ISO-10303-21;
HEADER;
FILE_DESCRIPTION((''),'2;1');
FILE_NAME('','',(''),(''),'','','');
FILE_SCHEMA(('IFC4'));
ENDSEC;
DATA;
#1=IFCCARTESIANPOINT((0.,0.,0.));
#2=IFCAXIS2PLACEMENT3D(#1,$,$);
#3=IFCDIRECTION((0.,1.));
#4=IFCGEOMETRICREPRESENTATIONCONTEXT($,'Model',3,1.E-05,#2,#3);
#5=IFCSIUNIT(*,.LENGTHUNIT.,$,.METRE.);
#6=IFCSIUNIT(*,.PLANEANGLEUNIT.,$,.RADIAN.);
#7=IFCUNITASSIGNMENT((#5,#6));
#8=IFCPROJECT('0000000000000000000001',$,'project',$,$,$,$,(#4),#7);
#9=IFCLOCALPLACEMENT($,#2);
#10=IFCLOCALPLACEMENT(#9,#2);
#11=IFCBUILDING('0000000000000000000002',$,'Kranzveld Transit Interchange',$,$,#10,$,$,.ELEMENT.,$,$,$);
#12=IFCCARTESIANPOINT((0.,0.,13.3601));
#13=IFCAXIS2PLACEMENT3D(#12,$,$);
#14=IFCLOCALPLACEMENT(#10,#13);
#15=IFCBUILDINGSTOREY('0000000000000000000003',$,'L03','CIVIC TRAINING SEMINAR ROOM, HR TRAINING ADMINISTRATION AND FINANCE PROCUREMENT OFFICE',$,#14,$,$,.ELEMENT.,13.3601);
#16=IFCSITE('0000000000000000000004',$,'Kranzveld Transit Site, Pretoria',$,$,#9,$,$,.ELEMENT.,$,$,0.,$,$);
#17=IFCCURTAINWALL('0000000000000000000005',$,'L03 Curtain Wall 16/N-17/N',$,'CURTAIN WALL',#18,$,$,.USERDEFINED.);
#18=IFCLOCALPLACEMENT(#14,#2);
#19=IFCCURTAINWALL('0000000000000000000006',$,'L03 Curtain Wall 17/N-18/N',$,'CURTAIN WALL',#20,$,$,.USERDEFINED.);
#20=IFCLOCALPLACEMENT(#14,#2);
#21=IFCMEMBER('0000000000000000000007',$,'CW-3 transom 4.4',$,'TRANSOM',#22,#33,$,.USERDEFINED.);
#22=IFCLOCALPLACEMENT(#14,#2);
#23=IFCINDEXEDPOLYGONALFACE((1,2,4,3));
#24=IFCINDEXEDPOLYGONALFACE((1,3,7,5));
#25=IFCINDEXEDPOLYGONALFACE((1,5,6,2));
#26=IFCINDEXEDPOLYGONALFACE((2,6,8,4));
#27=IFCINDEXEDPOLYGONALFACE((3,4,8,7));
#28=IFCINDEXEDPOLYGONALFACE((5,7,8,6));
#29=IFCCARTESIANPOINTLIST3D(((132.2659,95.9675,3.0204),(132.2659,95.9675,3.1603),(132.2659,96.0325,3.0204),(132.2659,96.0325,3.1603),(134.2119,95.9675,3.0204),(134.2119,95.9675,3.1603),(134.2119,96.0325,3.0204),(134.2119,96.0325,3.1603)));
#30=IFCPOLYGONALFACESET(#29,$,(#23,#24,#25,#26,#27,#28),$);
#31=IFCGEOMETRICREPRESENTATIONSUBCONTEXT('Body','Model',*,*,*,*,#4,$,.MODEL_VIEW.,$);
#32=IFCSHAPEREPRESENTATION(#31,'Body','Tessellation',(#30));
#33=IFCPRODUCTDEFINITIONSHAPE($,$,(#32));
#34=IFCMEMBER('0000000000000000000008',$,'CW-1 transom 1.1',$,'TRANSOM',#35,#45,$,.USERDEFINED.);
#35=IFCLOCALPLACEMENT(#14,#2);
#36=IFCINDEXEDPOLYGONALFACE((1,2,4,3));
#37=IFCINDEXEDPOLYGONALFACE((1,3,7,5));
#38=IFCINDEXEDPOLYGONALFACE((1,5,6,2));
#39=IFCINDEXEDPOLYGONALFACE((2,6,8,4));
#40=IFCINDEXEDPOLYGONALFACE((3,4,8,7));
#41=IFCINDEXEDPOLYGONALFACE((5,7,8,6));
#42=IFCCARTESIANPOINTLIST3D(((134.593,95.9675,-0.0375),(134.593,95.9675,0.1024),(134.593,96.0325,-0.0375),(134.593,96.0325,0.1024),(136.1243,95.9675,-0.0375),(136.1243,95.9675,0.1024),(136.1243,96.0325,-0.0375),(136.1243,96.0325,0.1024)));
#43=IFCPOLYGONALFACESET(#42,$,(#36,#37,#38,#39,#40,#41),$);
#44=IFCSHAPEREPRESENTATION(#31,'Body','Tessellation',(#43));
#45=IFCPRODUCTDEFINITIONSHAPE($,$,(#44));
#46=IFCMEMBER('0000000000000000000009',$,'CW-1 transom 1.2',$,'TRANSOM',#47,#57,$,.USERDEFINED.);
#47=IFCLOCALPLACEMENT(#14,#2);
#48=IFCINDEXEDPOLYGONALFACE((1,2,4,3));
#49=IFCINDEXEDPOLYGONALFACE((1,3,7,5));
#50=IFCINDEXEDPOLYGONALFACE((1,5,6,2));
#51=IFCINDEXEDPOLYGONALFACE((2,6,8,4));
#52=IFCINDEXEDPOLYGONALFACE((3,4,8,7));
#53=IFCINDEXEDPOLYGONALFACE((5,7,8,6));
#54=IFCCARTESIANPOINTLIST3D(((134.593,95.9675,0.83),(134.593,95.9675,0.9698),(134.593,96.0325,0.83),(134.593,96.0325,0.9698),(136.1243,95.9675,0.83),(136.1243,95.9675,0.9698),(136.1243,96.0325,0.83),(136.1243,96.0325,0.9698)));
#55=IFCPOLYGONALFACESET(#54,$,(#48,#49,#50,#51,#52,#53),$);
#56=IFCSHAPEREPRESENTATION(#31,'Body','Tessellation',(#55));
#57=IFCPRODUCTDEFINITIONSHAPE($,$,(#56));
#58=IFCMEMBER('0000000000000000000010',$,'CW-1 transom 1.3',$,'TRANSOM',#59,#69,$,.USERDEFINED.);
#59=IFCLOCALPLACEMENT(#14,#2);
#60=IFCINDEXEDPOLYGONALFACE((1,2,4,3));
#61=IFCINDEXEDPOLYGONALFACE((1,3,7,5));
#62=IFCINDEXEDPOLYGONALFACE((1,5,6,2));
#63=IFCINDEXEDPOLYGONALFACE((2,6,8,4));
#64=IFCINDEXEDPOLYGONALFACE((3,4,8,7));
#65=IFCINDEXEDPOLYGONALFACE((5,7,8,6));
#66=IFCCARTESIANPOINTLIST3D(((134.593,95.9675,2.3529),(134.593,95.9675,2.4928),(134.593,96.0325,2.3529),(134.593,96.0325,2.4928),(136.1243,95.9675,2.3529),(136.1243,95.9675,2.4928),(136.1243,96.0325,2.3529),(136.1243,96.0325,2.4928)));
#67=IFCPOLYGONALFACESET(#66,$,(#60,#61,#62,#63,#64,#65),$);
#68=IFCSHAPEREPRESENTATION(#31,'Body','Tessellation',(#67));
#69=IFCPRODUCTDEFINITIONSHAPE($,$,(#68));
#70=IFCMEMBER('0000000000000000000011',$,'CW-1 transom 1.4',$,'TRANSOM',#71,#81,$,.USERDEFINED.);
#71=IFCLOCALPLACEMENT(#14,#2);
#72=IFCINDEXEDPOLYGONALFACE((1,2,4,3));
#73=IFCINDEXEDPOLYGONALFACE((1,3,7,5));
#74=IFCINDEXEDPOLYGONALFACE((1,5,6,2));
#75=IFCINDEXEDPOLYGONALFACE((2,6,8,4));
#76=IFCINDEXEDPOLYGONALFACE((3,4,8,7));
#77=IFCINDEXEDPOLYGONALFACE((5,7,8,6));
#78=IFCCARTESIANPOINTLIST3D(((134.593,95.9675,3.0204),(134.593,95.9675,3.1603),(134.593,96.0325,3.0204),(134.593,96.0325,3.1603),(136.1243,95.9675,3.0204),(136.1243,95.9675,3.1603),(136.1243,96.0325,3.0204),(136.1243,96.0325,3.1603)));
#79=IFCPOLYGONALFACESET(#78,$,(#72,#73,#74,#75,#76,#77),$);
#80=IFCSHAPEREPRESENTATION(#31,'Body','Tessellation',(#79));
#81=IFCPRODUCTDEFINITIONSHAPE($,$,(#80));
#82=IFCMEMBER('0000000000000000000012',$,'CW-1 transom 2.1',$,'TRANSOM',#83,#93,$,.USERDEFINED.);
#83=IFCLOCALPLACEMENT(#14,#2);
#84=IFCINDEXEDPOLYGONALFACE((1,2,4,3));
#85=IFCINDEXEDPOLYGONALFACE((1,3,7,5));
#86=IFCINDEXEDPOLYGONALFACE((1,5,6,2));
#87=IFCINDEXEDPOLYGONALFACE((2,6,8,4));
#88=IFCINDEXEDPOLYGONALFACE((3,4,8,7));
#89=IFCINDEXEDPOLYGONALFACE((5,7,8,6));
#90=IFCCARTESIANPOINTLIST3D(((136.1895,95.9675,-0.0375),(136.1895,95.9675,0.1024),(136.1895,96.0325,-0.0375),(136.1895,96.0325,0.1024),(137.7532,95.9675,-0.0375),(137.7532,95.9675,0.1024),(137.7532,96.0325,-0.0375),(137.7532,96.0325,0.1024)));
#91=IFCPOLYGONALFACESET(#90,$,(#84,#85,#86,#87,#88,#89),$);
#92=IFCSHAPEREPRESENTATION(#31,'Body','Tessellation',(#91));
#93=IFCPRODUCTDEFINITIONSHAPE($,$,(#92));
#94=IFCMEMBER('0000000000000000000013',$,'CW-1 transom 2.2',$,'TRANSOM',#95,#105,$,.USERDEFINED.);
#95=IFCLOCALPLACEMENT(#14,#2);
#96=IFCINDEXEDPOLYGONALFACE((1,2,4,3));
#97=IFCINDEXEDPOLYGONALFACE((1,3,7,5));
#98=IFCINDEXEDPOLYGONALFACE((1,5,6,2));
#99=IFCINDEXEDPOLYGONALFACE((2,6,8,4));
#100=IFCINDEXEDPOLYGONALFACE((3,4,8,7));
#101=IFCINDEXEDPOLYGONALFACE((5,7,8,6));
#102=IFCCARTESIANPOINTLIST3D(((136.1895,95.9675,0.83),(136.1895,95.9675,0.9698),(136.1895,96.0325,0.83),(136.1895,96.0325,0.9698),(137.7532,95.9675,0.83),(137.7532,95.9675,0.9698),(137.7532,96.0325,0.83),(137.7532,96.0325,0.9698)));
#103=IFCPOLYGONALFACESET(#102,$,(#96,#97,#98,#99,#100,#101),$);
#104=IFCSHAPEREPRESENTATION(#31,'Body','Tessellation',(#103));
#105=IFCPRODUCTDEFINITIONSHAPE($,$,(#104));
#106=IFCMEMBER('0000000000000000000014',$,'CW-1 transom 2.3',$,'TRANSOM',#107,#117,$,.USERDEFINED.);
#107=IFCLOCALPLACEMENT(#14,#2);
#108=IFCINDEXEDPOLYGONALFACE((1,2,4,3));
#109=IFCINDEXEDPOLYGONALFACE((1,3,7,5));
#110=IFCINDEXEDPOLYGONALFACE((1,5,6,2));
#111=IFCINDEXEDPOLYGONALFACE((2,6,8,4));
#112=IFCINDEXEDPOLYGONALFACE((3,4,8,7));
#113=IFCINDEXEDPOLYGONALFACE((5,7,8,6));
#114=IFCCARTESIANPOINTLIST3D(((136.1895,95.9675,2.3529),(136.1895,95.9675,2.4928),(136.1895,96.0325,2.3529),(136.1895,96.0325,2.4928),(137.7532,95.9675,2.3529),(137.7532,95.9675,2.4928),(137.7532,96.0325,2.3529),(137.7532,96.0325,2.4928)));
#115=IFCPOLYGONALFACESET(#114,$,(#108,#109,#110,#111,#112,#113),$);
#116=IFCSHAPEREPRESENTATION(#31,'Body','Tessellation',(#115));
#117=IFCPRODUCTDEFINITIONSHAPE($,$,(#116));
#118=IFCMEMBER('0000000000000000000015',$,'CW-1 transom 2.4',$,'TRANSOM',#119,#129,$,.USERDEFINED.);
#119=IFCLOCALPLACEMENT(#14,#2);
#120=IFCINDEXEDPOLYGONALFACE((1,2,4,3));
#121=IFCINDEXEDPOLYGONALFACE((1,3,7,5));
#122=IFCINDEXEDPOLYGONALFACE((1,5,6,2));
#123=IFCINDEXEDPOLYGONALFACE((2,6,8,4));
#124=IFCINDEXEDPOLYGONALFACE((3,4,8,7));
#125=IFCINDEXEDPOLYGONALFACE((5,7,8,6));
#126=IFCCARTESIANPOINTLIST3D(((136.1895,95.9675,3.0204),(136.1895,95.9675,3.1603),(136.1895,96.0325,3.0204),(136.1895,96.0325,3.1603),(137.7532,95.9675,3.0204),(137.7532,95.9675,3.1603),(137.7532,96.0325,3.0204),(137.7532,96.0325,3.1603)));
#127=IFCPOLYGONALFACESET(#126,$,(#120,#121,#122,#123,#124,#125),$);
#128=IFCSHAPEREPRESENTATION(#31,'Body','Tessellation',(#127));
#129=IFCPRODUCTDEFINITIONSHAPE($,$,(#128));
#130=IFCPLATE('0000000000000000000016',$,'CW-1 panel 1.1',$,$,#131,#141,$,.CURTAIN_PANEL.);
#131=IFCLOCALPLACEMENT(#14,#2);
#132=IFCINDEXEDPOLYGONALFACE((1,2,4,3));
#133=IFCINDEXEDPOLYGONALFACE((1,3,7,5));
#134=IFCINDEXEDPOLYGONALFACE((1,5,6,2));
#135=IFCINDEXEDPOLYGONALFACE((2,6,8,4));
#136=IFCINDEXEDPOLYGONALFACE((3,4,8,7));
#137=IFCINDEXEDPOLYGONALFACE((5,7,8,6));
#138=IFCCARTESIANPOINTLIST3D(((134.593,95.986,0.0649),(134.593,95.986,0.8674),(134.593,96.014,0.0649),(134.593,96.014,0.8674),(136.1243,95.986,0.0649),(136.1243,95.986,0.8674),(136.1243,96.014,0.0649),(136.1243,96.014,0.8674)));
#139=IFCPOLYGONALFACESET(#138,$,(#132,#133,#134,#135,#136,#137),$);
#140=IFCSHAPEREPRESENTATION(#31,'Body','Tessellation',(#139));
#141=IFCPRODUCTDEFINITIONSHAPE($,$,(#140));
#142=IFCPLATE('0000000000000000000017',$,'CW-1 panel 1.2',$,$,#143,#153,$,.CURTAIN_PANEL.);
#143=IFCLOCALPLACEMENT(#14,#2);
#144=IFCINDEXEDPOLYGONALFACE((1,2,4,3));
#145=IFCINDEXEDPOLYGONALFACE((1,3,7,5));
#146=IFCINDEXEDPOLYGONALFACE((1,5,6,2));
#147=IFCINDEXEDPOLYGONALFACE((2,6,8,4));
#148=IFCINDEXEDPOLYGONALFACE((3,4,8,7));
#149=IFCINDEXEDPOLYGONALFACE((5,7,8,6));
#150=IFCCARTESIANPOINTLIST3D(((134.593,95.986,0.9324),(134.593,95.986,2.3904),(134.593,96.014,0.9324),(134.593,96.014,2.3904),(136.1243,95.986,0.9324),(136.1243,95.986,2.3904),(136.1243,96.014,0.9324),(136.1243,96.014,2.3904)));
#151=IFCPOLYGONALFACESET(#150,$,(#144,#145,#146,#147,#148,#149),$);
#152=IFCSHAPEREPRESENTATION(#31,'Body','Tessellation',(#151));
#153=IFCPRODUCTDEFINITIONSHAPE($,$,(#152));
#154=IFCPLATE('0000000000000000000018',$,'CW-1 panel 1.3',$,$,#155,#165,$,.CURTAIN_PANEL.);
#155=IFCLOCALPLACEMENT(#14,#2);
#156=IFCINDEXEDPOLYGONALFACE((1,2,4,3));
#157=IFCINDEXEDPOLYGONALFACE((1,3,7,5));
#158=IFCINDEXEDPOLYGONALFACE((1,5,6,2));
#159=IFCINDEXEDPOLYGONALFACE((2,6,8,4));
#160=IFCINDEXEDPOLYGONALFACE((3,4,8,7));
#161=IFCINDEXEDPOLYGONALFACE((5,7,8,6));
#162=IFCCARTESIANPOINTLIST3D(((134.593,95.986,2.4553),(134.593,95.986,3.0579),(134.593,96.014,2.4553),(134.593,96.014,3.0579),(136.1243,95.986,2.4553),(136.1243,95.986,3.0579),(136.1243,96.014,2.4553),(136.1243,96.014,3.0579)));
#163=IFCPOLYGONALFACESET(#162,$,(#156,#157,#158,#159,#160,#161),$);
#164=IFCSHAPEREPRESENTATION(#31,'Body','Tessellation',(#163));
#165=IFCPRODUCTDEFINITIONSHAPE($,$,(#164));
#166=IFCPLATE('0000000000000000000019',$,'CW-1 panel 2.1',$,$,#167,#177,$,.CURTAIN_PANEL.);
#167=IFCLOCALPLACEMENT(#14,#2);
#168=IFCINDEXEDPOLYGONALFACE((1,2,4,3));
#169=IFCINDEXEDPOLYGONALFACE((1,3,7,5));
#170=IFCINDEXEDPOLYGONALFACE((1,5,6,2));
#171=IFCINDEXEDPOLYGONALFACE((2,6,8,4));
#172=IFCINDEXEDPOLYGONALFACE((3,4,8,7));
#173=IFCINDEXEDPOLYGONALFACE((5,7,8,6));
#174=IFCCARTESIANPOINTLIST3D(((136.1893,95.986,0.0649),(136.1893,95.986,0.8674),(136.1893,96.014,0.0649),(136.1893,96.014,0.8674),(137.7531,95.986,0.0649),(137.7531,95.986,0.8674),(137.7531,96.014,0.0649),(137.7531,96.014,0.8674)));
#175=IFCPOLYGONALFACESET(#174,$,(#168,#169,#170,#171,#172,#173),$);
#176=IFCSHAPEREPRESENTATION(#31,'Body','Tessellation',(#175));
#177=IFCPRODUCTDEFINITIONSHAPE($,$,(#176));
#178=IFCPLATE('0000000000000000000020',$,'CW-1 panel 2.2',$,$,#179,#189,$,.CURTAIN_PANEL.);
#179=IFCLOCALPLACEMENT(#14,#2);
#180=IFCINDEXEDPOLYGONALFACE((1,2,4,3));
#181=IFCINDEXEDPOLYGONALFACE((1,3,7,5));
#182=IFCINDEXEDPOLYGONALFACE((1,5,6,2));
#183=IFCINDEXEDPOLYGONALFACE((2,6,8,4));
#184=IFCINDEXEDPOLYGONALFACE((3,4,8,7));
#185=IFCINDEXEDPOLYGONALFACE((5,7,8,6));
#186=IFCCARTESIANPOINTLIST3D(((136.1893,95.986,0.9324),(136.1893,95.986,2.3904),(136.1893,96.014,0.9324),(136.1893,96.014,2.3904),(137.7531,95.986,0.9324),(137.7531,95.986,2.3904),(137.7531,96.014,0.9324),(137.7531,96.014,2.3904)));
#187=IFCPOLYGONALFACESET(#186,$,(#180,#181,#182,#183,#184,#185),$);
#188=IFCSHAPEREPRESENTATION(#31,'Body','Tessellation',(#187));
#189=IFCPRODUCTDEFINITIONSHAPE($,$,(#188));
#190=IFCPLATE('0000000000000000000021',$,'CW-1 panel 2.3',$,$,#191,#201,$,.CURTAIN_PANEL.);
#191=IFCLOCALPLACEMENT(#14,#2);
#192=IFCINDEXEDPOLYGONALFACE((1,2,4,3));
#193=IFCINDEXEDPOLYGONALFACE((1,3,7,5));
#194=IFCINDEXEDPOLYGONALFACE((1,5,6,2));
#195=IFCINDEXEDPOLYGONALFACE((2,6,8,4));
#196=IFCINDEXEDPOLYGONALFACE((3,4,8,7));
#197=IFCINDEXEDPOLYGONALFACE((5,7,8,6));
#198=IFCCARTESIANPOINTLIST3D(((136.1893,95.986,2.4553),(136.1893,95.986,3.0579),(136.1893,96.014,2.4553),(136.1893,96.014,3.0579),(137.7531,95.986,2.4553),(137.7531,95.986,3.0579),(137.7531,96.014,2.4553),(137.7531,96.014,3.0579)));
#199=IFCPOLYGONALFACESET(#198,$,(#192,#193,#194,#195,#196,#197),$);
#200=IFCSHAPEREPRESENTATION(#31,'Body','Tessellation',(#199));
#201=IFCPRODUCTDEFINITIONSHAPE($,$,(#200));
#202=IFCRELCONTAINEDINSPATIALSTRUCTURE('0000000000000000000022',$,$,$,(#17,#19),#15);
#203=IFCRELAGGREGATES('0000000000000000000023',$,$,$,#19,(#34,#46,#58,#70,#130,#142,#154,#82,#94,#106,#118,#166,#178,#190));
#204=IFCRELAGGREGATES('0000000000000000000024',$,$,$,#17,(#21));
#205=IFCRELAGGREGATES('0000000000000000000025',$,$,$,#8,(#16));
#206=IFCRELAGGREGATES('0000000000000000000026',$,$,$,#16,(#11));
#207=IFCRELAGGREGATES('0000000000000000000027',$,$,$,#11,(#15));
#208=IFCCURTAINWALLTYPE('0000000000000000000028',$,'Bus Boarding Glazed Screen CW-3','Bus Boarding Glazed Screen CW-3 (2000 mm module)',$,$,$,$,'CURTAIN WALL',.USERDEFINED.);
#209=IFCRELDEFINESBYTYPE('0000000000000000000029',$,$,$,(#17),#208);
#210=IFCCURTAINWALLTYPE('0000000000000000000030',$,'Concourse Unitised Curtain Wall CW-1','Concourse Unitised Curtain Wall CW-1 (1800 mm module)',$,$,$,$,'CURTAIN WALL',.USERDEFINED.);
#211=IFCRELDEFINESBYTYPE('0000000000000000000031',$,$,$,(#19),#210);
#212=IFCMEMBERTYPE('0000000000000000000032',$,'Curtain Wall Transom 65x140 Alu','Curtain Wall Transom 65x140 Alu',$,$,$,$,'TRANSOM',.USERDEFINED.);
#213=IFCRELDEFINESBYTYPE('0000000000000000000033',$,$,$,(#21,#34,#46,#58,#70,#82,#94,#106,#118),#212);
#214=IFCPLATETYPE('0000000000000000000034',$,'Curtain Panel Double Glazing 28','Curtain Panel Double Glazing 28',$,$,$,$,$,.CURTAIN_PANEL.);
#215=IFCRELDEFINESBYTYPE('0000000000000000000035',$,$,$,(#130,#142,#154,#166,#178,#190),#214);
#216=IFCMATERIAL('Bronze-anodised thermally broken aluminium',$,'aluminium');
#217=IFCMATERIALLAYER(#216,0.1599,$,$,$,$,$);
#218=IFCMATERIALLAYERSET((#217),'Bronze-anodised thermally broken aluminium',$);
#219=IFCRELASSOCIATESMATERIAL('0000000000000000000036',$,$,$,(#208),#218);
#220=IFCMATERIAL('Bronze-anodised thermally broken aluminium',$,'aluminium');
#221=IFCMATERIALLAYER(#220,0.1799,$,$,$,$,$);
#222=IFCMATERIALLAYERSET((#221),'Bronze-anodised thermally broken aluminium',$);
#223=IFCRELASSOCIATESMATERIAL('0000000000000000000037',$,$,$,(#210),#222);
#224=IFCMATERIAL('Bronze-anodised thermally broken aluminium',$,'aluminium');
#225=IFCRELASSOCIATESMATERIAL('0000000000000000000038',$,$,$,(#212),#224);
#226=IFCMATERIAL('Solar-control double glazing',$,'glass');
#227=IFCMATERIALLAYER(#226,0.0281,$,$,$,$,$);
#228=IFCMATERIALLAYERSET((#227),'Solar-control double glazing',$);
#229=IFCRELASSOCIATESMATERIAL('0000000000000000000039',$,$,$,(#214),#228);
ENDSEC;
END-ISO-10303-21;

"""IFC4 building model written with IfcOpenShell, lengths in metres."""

from ifc_helpers import new_model, si_unit, direction, frame, origin, origin_2d, place, context, subcontext, project, spatial, rectangle, extrude, material, layer, layer_set, material_profile, profile_set, type_object, element, aggregate, save


model = new_model("IFC4")

# Units and contexts
model_context = context("Model", 3, precision=1e-05, world=origin(), true_north=direction((0.0, 1.0)))
body_context = subcontext(model_context, "Body", "Model", "MODEL_VIEW")
ifc_project = project(units=[si_unit("LENGTHUNIT", "METRE"), si_unit("PLANEANGLEUNIT", "RADIAN")], contexts=[model_context])

# Site, building, storey
site_placement = place(None, origin())
site = spatial("IfcSite", under=ifc_project, at=site_placement, Name="Kranzveld Transit Site, Pretoria", CompositionType="ELEMENT", RefElevation=0.0)
building_placement = place(site_placement, origin())
building = spatial("IfcBuilding", under=site, at=building_placement, Name="Kranzveld Transit Interchange", CompositionType="ELEMENT")
storey_placement = place(building_placement, frame((0.0, 0.0, 13.3601)))
storey = spatial("IfcBuildingStorey", under=building, at=storey_placement, Name="L03", Description="CIVIC TRAINING SEMINAR ROOM, HR TRAINING ADMINISTRATION AND FINANCE PROCUREMENT OFFICE", CompositionType="ELEMENT", Elevation=13.3601)

# Curtain wall
ifc_material_1 = material(Name="Bronze-anodised thermally broken aluminium", Category="aluminium")
ifc_layer_1 = layer(ifc_material_1, 0.1599)
ifc_layer_set_1 = layer_set([ifc_layer_1], Name="Bronze-anodised thermally broken aluminium")
curtain_wall_type_1 = type_object("IfcCurtainWallType", Name="Bus Boarding Glazed Screen CW-3", Description="Bus Boarding Glazed Screen CW-3 (2000 mm module)", ElementType="CURTAIN WALL", PredefinedType="USERDEFINED", material=ifc_layer_set_1)
curtain_wall_1_placement = place(storey_placement, origin())
curtain_wall_1 = element("IfcCurtainWall", 1, at=curtain_wall_1_placement, inside=storey, type_object=curtain_wall_type_1, Name="L03 Curtain Wall 16/N-17/N", ObjectType="CURTAIN WALL", PredefinedType="USERDEFINED")

# Curtain wall
ifc_material_2 = material(Name="Bronze-anodised thermally broken aluminium", Category="aluminium")
ifc_layer_2 = layer(ifc_material_2, 0.1799)
ifc_layer_set_2 = layer_set([ifc_layer_2], Name="Bronze-anodised thermally broken aluminium")
curtain_wall_type_2 = type_object("IfcCurtainWallType", Name="Concourse Unitised Curtain Wall CW-1", Description="Concourse Unitised Curtain Wall CW-1 (1800 mm module)", ElementType="CURTAIN WALL", PredefinedType="USERDEFINED", material=ifc_layer_set_2)
curtain_wall_2_placement = place(storey_placement, origin())
curtain_wall_2 = element("IfcCurtainWall", 2, at=curtain_wall_2_placement, inside=storey, type_object=curtain_wall_type_2, Name="L03 Curtain Wall 17/N-18/N", ObjectType="CURTAIN WALL", PredefinedType="USERDEFINED")

# Members
ifc_material_3 = material(Name="Bronze-anodised thermally broken aluminium", Category="aluminium")
ifc_material_profile_1 = material_profile(ifc_material_3, rectangle(XDim=0.0649, YDim=0.1399, at=origin_2d()), Name="ALU TRANSOM 65x140")
ifc_profile_set_1 = profile_set([ifc_material_profile_1], Name="Bronze-anodised thermally broken aluminium")
member_type_1 = type_object("IfcMemberType", Name="Curtain Wall Transom 65x140 Alu", Description="Curtain Wall Transom 65x140 Alu", ElementType="TRANSOM", PredefinedType="USERDEFINED", material=ifc_profile_set_1)
member_1_placement = place(storey_placement, frame((132.2659, 96.0, 3.0903), z_axis=(1.0, 0.0, 0.0), x_axis=(0.0, 1.0, 0.0)))
member_1 = element("IfcMember", 3, at=member_1_placement, type_object=member_type_1, Name="CW-3 transom 4.4", ObjectType="TRANSOM", PredefinedType="USERDEFINED", context=body_context, shape_type="SweptSolid", body=[
    extrude(rectangle(XDim=0.0649, YDim=0.1399, at=origin_2d()), origin(), (0.0, 0.0, 1.0), 1.946),
])
member_2_placement = place(storey_placement, frame((134.593, 96.0, 0.0325), z_axis=(1.0, 0.0, 0.0), x_axis=(0.0, 1.0, 0.0)))
member_2 = element("IfcMember", 4, at=member_2_placement, type_object=member_type_1, Name="CW-1 transom 1.1", ObjectType="TRANSOM", PredefinedType="USERDEFINED", context=body_context, shape_type="SweptSolid", body=[
    extrude(rectangle(XDim=0.0649, YDim=0.1399, at=origin_2d()), origin(), (0.0, 0.0, 1.0), 1.5312),
])
member_3_placement = place(storey_placement, frame((134.593, 96.0, 0.8999), z_axis=(1.0, 0.0, 0.0), x_axis=(0.0, 1.0, 0.0)))
member_3 = element("IfcMember", 5, at=member_3_placement, type_object=member_type_1, Name="CW-1 transom 1.2", ObjectType="TRANSOM", PredefinedType="USERDEFINED", context=body_context, shape_type="SweptSolid", body=[
    extrude(rectangle(XDim=0.0649, YDim=0.1399, at=origin_2d()), origin(), (0.0, 0.0, 1.0), 1.5312),
])
member_4_placement = place(storey_placement, frame((134.593, 96.0, 2.4229), z_axis=(1.0, 0.0, 0.0), x_axis=(0.0, 1.0, 0.0)))
member_4 = element("IfcMember", 6, at=member_4_placement, type_object=member_type_1, Name="CW-1 transom 1.3", ObjectType="TRANSOM", PredefinedType="USERDEFINED", context=body_context, shape_type="SweptSolid", body=[
    extrude(rectangle(XDim=0.0649, YDim=0.1399, at=origin_2d()), origin(), (0.0, 0.0, 1.0), 1.5312),
])
member_5_placement = place(storey_placement, frame((134.593, 96.0, 3.0903), z_axis=(1.0, 0.0, 0.0), x_axis=(0.0, 1.0, 0.0)))
member_5 = element("IfcMember", 7, at=member_5_placement, type_object=member_type_1, Name="CW-1 transom 1.4", ObjectType="TRANSOM", PredefinedType="USERDEFINED", context=body_context, shape_type="SweptSolid", body=[
    extrude(rectangle(XDim=0.0649, YDim=0.1399, at=origin_2d()), origin(), (0.0, 0.0, 1.0), 1.5312),
])
member_6_placement = place(storey_placement, frame((136.1895, 96.0, 0.0325), z_axis=(1.0, 0.0, 0.0), x_axis=(0.0, 1.0, 0.0)))
member_6 = element("IfcMember", 8, at=member_6_placement, type_object=member_type_1, Name="CW-1 transom 2.1", ObjectType="TRANSOM", PredefinedType="USERDEFINED", context=body_context, shape_type="SweptSolid", body=[
    extrude(rectangle(XDim=0.0649, YDim=0.1399, at=origin_2d()), origin(), (0.0, 0.0, 1.0), 1.5637),
])
member_7_placement = place(storey_placement, frame((136.1895, 96.0, 0.8999), z_axis=(1.0, 0.0, 0.0), x_axis=(0.0, 1.0, 0.0)))
member_7 = element("IfcMember", 9, at=member_7_placement, type_object=member_type_1, Name="CW-1 transom 2.2", ObjectType="TRANSOM", PredefinedType="USERDEFINED", context=body_context, shape_type="SweptSolid", body=[
    extrude(rectangle(XDim=0.0649, YDim=0.1399, at=origin_2d()), origin(), (0.0, 0.0, 1.0), 1.5637),
])
member_8_placement = place(storey_placement, frame((136.1895, 96.0, 2.4229), z_axis=(1.0, 0.0, 0.0), x_axis=(0.0, 1.0, 0.0)))
member_8 = element("IfcMember", 10, at=member_8_placement, type_object=member_type_1, Name="CW-1 transom 2.3", ObjectType="TRANSOM", PredefinedType="USERDEFINED", context=body_context, shape_type="SweptSolid", body=[
    extrude(rectangle(XDim=0.0649, YDim=0.1399, at=origin_2d()), origin(), (0.0, 0.0, 1.0), 1.5637),
])
member_9_placement = place(storey_placement, frame((136.1895, 96.0, 3.0903), z_axis=(1.0, 0.0, 0.0), x_axis=(0.0, 1.0, 0.0)))
member_9 = element("IfcMember", 11, at=member_9_placement, type_object=member_type_1, Name="CW-1 transom 2.4", ObjectType="TRANSOM", PredefinedType="USERDEFINED", context=body_context, shape_type="SweptSolid", body=[
    extrude(rectangle(XDim=0.0649, YDim=0.1399, at=origin_2d()), origin(), (0.0, 0.0, 1.0), 1.5637),
])

# Plates
ifc_material_4 = material(Name="Solar-control double glazing", Category="glass")
ifc_layer_3 = layer(ifc_material_4, 0.0281)
ifc_layer_set_3 = layer_set([ifc_layer_3], Name="Solar-control double glazing")
plate_type_1 = type_object("IfcPlateType", Name="Curtain Panel Double Glazing 28", Description="Curtain Panel Double Glazing 28", PredefinedType="CURTAIN_PANEL", material=ifc_layer_set_3)
plate_1_placement = place(storey_placement, frame((135.3586, 96.0, 0.0649), z_axis=(0.0, 0.0, 1.0), x_axis=(1.0, 0.0, 0.0)))
plate_1 = element("IfcPlate", 12, at=plate_1_placement, type_object=plate_type_1, Name="CW-1 panel 1.1", PredefinedType="CURTAIN_PANEL", context=body_context, shape_type="SweptSolid", body=[
    extrude(rectangle(XDim=1.5312, YDim=0.0281, at=origin_2d()), origin(), (0.0, 0.0, 1.0), 0.8025),
])
plate_2_placement = place(storey_placement, frame((135.3586, 96.0, 0.9324), z_axis=(0.0, 0.0, 1.0), x_axis=(1.0, 0.0, 0.0)))
plate_2 = element("IfcPlate", 13, at=plate_2_placement, type_object=plate_type_1, Name="CW-1 panel 1.2", PredefinedType="CURTAIN_PANEL", context=body_context, shape_type="SweptSolid", body=[
    extrude(rectangle(XDim=1.5312, YDim=0.0281, at=origin_2d()), origin(), (0.0, 0.0, 1.0), 1.458),
])
plate_3_placement = place(storey_placement, frame((135.3586, 96.0, 2.4553), z_axis=(0.0, 0.0, 1.0), x_axis=(1.0, 0.0, 0.0)))
plate_3 = element("IfcPlate", 14, at=plate_3_placement, type_object=plate_type_1, Name="CW-1 panel 1.3", PredefinedType="CURTAIN_PANEL", context=body_context, shape_type="SweptSolid", body=[
    extrude(rectangle(XDim=1.5312, YDim=0.0281, at=origin_2d()), origin(), (0.0, 0.0, 1.0), 0.6025),
])
plate_4_placement = place(storey_placement, frame((136.9712, 96.0, 0.0649), z_axis=(0.0, 0.0, 1.0), x_axis=(1.0, 0.0, 0.0)))
plate_4 = element("IfcPlate", 15, at=plate_4_placement, type_object=plate_type_1, Name="CW-1 panel 2.1", PredefinedType="CURTAIN_PANEL", context=body_context, shape_type="SweptSolid", body=[
    extrude(rectangle(XDim=1.5637, YDim=0.0281, at=origin_2d()), origin(), (0.0, 0.0, 1.0), 0.8025),
])
plate_5_placement = place(storey_placement, frame((136.9712, 96.0, 0.9324), z_axis=(0.0, 0.0, 1.0), x_axis=(1.0, 0.0, 0.0)))
plate_5 = element("IfcPlate", 16, at=plate_5_placement, type_object=plate_type_1, Name="CW-1 panel 2.2", PredefinedType="CURTAIN_PANEL", context=body_context, shape_type="SweptSolid", body=[
    extrude(rectangle(XDim=1.5637, YDim=0.0281, at=origin_2d()), origin(), (0.0, 0.0, 1.0), 1.458),
])
plate_6_placement = place(storey_placement, frame((136.9712, 96.0, 2.4553), z_axis=(0.0, 0.0, 1.0), x_axis=(1.0, 0.0, 0.0)))
plate_6 = element("IfcPlate", 17, at=plate_6_placement, type_object=plate_type_1, Name="CW-1 panel 2.3", PredefinedType="CURTAIN_PANEL", context=body_context, shape_type="SweptSolid", body=[
    extrude(rectangle(XDim=1.5637, YDim=0.0281, at=origin_2d()), origin(), (0.0, 0.0, 1.0), 0.6025),
])
aggregate(curtain_wall_2, [member_2, member_3, member_4, member_5, plate_1, plate_2, plate_3, member_6, member_7, member_8, member_9, plate_4, plate_5, plate_6])
aggregate(curtain_wall_1, [member_1])

save(model, "model.ifc")
